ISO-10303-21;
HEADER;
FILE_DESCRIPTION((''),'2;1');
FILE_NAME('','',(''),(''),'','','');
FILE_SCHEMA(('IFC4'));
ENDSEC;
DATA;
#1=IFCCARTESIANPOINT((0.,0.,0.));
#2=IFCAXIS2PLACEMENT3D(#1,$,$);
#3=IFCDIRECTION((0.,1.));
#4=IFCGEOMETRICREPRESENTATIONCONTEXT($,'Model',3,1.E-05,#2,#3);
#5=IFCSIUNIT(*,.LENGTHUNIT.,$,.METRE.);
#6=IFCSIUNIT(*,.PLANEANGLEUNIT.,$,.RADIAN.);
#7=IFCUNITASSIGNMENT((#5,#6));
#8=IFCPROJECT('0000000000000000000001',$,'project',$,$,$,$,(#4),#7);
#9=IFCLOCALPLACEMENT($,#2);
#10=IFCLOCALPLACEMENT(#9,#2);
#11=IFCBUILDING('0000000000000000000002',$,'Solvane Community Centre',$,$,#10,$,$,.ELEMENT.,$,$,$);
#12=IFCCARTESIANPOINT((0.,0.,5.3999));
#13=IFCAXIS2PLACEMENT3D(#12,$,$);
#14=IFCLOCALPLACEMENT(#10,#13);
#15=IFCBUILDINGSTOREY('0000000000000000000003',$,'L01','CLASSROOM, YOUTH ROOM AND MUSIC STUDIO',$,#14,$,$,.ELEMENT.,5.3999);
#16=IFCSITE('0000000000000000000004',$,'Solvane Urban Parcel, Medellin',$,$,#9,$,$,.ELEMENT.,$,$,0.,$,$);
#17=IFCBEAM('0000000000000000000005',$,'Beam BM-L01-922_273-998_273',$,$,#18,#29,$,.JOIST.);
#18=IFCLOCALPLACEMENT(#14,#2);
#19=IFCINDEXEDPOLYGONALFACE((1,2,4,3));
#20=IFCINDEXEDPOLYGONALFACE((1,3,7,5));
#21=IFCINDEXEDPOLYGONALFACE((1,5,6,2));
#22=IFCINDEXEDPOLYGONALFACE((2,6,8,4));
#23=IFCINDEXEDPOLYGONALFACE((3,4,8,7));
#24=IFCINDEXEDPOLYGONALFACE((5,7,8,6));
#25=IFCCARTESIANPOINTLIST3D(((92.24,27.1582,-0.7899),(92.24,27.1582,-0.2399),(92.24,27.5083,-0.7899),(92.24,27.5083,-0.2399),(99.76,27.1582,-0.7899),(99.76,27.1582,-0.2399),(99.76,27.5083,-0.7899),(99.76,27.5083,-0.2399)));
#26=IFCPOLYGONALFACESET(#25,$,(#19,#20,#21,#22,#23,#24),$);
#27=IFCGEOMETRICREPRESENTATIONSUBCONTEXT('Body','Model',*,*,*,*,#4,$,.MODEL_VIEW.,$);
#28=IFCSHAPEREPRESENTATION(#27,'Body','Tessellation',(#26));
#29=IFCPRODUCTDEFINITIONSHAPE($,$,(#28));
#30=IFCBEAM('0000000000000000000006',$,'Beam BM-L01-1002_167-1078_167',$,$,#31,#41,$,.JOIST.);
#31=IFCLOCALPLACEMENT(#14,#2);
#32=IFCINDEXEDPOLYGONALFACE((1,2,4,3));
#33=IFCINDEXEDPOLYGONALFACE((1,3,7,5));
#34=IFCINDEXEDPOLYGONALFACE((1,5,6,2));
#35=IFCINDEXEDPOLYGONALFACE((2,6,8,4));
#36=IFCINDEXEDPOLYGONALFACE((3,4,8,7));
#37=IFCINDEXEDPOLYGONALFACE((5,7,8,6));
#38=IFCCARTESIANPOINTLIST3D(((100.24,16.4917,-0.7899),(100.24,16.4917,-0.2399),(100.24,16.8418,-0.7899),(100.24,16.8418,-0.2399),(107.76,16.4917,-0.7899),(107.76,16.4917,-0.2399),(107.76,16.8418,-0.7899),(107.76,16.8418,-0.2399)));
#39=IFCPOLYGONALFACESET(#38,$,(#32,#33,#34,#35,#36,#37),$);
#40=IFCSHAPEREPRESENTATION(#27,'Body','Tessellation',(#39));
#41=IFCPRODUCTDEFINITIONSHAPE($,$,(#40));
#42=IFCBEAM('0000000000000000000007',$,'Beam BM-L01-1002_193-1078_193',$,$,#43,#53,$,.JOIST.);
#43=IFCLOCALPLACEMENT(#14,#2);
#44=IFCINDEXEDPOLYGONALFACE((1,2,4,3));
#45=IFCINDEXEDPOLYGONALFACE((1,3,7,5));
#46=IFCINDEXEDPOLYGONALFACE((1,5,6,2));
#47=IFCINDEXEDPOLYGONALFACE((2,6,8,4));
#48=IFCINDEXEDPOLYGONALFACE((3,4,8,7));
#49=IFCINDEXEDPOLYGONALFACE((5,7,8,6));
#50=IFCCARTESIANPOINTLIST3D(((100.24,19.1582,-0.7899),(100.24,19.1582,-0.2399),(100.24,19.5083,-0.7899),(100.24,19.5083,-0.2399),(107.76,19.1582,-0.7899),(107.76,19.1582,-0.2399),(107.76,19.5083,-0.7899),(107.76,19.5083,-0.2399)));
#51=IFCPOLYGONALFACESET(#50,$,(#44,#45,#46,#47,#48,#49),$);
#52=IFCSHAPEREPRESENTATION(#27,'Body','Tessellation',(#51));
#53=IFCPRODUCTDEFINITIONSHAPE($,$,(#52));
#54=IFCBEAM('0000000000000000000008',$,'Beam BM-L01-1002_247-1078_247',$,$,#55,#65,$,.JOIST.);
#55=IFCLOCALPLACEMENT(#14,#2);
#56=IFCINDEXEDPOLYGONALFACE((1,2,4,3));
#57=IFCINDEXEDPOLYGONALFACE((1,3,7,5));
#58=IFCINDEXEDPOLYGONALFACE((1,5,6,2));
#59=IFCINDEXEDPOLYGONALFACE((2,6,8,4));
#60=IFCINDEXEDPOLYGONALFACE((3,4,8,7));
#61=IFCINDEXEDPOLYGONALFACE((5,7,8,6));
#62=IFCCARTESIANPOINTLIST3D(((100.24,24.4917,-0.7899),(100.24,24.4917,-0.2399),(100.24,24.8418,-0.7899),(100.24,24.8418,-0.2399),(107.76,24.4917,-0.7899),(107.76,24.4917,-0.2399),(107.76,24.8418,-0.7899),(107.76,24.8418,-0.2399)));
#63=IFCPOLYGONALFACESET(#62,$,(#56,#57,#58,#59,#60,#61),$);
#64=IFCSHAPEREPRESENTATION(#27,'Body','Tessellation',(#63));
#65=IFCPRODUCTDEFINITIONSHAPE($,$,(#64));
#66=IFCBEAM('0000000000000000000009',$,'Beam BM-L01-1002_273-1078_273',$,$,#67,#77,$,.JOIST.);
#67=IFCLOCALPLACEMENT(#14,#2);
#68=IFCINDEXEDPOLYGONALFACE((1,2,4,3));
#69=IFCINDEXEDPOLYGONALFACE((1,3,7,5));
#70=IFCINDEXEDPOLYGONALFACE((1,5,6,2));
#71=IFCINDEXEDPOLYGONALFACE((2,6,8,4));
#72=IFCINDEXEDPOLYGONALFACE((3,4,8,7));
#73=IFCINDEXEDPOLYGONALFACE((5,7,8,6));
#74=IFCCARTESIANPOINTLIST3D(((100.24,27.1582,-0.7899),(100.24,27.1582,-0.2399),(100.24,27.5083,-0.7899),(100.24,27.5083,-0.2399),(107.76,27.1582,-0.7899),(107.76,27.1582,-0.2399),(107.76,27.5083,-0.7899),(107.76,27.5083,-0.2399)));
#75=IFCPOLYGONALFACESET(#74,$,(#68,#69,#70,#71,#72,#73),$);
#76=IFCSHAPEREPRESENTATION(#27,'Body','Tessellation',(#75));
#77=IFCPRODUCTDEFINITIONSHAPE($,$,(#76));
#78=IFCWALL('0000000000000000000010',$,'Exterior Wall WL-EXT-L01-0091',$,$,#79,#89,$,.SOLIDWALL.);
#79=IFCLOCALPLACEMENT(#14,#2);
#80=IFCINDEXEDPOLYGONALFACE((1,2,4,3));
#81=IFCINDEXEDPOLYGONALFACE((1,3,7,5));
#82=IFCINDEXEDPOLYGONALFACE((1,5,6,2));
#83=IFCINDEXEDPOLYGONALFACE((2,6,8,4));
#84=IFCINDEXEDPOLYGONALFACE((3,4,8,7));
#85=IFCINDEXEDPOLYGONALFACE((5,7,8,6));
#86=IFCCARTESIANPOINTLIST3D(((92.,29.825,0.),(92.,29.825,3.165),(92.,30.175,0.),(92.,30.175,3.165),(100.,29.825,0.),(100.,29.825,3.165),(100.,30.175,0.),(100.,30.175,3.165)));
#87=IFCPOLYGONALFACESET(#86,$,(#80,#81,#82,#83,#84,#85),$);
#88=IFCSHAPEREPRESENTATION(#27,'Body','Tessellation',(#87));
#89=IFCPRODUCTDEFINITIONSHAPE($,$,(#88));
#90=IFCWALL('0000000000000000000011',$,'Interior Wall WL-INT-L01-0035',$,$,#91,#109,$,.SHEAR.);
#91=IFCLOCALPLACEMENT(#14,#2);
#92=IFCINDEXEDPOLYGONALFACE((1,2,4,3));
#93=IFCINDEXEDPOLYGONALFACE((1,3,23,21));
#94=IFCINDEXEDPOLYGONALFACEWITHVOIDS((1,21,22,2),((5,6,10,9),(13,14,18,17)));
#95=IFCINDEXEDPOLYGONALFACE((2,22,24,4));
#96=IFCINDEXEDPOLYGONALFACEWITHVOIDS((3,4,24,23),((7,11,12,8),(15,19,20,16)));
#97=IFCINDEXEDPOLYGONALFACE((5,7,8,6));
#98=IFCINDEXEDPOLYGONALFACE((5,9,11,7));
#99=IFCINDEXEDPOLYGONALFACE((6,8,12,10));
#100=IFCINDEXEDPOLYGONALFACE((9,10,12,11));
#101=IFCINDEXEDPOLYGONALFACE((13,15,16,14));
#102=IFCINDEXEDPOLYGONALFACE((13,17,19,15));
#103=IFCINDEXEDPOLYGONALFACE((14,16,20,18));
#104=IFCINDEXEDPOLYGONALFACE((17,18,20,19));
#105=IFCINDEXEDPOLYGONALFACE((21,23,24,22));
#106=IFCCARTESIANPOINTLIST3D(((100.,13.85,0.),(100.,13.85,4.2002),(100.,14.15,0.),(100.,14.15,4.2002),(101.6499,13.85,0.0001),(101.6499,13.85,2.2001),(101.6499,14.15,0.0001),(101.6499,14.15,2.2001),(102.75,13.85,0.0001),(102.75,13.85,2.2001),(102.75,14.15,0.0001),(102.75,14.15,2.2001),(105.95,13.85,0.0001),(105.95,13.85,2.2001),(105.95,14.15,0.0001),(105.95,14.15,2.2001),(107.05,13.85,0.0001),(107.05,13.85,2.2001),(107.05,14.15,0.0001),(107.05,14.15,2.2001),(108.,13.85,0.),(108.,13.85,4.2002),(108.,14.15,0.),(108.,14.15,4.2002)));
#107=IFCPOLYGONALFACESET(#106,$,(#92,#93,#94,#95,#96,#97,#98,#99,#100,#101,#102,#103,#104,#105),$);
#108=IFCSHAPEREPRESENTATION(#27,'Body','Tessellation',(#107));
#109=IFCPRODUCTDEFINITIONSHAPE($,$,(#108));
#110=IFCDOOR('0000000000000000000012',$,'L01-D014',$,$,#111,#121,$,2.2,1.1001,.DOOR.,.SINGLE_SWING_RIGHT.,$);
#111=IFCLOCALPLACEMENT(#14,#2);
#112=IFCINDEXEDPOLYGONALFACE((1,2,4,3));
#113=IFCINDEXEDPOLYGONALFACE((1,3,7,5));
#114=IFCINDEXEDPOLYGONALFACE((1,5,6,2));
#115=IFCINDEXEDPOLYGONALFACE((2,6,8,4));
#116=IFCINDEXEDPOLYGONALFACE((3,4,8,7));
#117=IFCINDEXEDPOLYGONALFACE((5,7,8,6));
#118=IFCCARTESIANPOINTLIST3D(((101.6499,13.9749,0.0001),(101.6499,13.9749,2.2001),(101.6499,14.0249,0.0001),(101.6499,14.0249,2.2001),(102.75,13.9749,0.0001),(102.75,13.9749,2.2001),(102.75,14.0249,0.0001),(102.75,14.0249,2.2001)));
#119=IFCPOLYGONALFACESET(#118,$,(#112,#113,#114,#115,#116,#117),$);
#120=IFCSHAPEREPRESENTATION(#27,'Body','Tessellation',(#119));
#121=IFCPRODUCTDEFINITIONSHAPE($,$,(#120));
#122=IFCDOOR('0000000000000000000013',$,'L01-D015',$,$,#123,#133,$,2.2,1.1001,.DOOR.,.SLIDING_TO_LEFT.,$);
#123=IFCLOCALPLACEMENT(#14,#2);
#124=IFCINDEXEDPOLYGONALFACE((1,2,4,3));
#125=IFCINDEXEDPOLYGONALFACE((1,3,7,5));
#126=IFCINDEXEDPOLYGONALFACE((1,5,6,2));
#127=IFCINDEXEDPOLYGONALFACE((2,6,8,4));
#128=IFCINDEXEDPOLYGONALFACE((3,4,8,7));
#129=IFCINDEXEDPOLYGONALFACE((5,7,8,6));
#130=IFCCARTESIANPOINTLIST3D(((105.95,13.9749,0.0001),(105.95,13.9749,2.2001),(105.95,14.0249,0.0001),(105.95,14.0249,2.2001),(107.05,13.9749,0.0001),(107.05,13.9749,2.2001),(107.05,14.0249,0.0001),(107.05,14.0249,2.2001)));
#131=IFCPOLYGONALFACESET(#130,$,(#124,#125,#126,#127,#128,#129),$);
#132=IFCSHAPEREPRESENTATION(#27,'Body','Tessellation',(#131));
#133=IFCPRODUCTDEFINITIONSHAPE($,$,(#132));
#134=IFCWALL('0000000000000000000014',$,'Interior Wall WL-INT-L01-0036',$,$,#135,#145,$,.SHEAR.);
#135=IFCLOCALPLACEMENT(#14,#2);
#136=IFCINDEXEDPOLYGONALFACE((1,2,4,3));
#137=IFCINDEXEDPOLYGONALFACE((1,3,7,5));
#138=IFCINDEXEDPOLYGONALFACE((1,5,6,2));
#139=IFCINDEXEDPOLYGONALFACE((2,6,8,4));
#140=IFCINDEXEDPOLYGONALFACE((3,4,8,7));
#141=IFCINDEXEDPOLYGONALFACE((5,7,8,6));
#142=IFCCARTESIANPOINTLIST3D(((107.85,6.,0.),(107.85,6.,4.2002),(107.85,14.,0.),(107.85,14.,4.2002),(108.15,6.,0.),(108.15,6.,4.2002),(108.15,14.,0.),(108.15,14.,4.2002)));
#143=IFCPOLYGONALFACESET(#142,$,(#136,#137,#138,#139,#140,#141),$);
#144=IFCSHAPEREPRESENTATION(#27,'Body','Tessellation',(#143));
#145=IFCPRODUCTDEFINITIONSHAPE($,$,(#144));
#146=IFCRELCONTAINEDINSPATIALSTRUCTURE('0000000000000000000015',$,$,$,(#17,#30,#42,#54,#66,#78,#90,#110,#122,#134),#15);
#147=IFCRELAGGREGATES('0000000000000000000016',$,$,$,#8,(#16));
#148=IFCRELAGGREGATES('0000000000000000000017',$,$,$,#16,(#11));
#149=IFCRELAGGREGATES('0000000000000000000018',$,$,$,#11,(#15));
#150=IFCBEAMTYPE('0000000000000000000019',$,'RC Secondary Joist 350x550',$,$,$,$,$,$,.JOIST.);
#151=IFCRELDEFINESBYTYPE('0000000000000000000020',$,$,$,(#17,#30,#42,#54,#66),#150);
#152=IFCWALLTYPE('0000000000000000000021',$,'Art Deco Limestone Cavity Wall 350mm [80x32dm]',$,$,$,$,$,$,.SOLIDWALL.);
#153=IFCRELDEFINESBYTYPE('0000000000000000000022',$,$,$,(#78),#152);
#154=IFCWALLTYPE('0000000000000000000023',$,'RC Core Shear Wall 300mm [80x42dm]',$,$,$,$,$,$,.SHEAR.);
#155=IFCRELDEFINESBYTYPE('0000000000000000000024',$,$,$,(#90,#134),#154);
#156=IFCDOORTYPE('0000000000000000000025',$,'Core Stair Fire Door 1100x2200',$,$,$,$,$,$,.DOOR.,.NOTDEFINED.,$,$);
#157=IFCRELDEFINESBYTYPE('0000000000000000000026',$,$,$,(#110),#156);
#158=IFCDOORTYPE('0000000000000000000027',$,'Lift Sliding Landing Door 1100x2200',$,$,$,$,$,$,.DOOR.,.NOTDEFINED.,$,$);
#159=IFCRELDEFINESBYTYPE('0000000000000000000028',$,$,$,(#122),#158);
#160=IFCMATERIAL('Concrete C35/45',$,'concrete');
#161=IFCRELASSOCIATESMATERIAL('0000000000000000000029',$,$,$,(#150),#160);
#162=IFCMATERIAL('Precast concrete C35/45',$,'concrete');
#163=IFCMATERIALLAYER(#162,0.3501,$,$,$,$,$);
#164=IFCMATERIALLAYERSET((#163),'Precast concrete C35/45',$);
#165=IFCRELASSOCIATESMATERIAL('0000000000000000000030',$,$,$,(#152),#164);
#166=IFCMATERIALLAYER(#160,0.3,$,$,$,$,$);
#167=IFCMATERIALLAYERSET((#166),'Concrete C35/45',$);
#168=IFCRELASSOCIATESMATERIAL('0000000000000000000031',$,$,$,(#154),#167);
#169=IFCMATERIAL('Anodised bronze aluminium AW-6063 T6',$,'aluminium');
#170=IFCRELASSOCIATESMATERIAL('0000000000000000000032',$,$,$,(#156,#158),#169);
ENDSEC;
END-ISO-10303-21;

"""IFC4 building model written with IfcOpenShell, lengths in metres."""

from ifc_helpers import new_model, si_unit, direction, frame, frame_2d, origin, origin_2d, place, context, subcontext, project, spatial, rectangle, extrude, material, layer, layer_set, material_profile, profile_set, type_object, element, fill, save


model = new_model("IFC4")

# Units and contexts
model_context = context("Model", 3, precision=1e-05, world=origin(), true_north=direction((0.0, 1.0)))
body_context = subcontext(model_context, "Body", "Model", "MODEL_VIEW")
ifc_project = project(units=[si_unit("LENGTHUNIT", "METRE"), si_unit("PLANEANGLEUNIT", "RADIAN")], contexts=[model_context])

# Site, building, storey
site_placement = place(None, origin())
site = spatial("IfcSite", under=ifc_project, at=site_placement, Name="Solvane Urban Parcel, Medellin", CompositionType="ELEMENT", RefElevation=0.0)
building_placement = place(site_placement, origin())
building = spatial("IfcBuilding", under=site, at=building_placement, Name="Solvane Community Centre", CompositionType="ELEMENT")
storey_placement = place(building_placement, frame((0.0, 0.0, 5.3999)))
storey = spatial("IfcBuildingStorey", under=building, at=storey_placement, Name="L01", Description="CLASSROOM, YOUTH ROOM AND MUSIC STUDIO", CompositionType="ELEMENT", Elevation=5.3999)

# Shared definitions
ifc_material_1 = material(Name="Concrete C35/45", Category="concrete")

# Beams
ifc_material_profile_1 = material_profile(ifc_material_1, rectangle(XDim=0.3501, YDim=0.55, at=origin_2d()), Name="RC 350x550")
ifc_profile_set_1 = profile_set([ifc_material_profile_1], Name="Concrete C35/45")
beam_type_1 = type_object("IfcBeamType", Name="RC Secondary Joist 350x550", PredefinedType="JOIST", material=ifc_profile_set_1)
for number, where, z_axis, x_axis, name in (
    (1, (92.24, 27.3333, -0.5149), (1.0, 0.0, 0.0), (0.0, 1.0, 0.0), "Beam BM-L01-922_273-998_273"),
    (2, (100.24, 16.6667, -0.5149), (1.0, 0.0, 0.0), (0.0, 1.0, 0.0), "Beam BM-L01-1002_167-1078_167"),
    (3, (100.24, 19.3333, -0.5149), (1.0, 0.0, 0.0), (0.0, 1.0, 0.0), "Beam BM-L01-1002_193-1078_193"),
    (4, (100.24, 24.6667, -0.5149), (1.0, 0.0, 0.0), (0.0, 1.0, 0.0), "Beam BM-L01-1002_247-1078_247"),
    (5, (100.24, 27.3333, -0.5149), (1.0, 0.0, 0.0), (0.0, 1.0, 0.0), "Beam BM-L01-1002_273-1078_273"),
):
    element("IfcBeam", number, at=place(storey_placement, frame(where, z_axis=z_axis, x_axis=x_axis)), inside=storey, type_object=beam_type_1, Name=name, PredefinedType="JOIST", context=body_context, shape_type="SweptSolid", body=[
        extrude(rectangle(XDim=0.3501, YDim=0.55, at=origin_2d()), origin(), (0.0, 0.0, 1.0), 7.52),
    ])

# Wall
ifc_material_2 = material(Name="Precast concrete C35/45", Category="concrete")
ifc_layer_1 = layer(ifc_material_2, 0.3501)
ifc_layer_set_1 = layer_set([ifc_layer_1], Name="Precast concrete C35/45")
wall_type_1 = type_object("IfcWallType", Name="Art Deco Limestone Cavity Wall 350mm [80x32dm]", PredefinedType="SOLIDWALL", material=ifc_layer_set_1)
wall_1_placement = place(storey_placement, frame((92.0, 30.0, 0.0), z_axis=(0.0, 0.0, 1.0), x_axis=(1.0, 0.0, 0.0)))
element("IfcWall", 6, at=wall_1_placement, inside=storey, type_object=wall_type_1, Name="Exterior Wall WL-EXT-L01-0091", PredefinedType="SOLIDWALL", context=body_context, shape_type="SweptSolid", body=[
    extrude(rectangle(XDim=8.0, YDim=0.3501, at=frame_2d((4.0, 0.0))), origin(), (0.0, 0.0, 1.0), 3.165),
])

# Wall, openings, doors
ifc_layer_2 = layer(ifc_material_1, 0.3)
ifc_layer_set_2 = layer_set([ifc_layer_2], Name="Concrete C35/45")
wall_type_2 = type_object("IfcWallType", Name="RC Core Shear Wall 300mm [80x42dm]", PredefinedType="SHEAR", material=ifc_layer_set_2)
wall_2_placement = place(storey_placement, frame((100.0, 14.0, 0.0), z_axis=(0.0, 0.0, 1.0), x_axis=(1.0, 0.0, 0.0)))
wall_2 = element("IfcWall", 7, at=wall_2_placement, inside=storey, type_object=wall_type_2, Name="Interior Wall WL-INT-L01-0035", PredefinedType="SHEAR", context=body_context, shape_type="SweptSolid", body=[
    extrude(rectangle(XDim=8.0, YDim=0.3, at=frame_2d((4.0, 0.0))), origin(), (0.0, 0.0, 1.0), 4.2002),
])
opening_1_placement = place(wall_2_placement, frame((1.6499, 0.0, 0.0)))
opening_1 = element("IfcOpeningElement", 8, at=opening_1_placement, cuts=wall_2, PredefinedType="OPENING", context=body_context, shape_type="SweptSolid", body=[
    extrude(rectangle(XDim=1.1001, YDim=2.2, at=frame_2d((0.55, 1.1001))), frame((0.0, 0.1599, 0.0), z_axis=(0.0, -1.0, 0.0), x_axis=(1.0, 0.0, 0.0)), (0.0, 0.0, 1.0), 0.3201),
])
opening_2_placement = place(wall_2_placement, frame((5.95, 0.0, 0.0)))
opening_2 = element("IfcOpeningElement", 9, at=opening_2_placement, cuts=wall_2, PredefinedType="OPENING", context=body_context, shape_type="SweptSolid", body=[
    extrude(rectangle(XDim=1.1001, YDim=2.2, at=frame_2d((0.55, 1.1001))), frame((0.0, 0.1599, 0.0), z_axis=(0.0, -1.0, 0.0), x_axis=(1.0, 0.0, 0.0)), (0.0, 0.0, 1.0), 0.3201),
])
ifc_material_3 = material(Name="Anodised bronze aluminium AW-6063 T6", Category="aluminium")
door_type_1 = type_object("IfcDoorType", Name="Core Stair Fire Door 1100x2200", OperationType="NOTDEFINED", PredefinedType="DOOR", material=ifc_material_3)
door_1_placement = place(opening_1_placement, origin())
door_1 = element("IfcDoor", 10, at=door_1_placement, inside=storey, type_object=door_type_1, Name="L01-D014", OperationType="SINGLE_SWING_RIGHT", OverallHeight=2.2, OverallWidth=1.1001, PredefinedType="DOOR", context=body_context, shape_type="SweptSolid", body=[
    extrude(rectangle(XDim=1.1001, YDim=2.2, at=frame_2d((0.55, 1.1001))), frame((0.0, 0.0249, 0.0), z_axis=(0.0, -1.0, 0.0), x_axis=(1.0, 0.0, 0.0)), (0.0, 0.0, 1.0), 0.05),
])
fill(opening_1, door_1)
door_type_2 = type_object("IfcDoorType", Name="Lift Sliding Landing Door 1100x2200", OperationType="NOTDEFINED", PredefinedType="DOOR", material=ifc_material_3)
door_2_placement = place(opening_2_placement, origin())
door_2 = element("IfcDoor", 11, at=door_2_placement, inside=storey, type_object=door_type_2, Name="L01-D015", OperationType="SLIDING_TO_LEFT", OverallHeight=2.2, OverallWidth=1.1001, PredefinedType="DOOR", context=body_context, shape_type="SweptSolid", body=[
    extrude(rectangle(XDim=1.1001, YDim=2.2, at=frame_2d((0.55, 1.1001))), frame((0.0, 0.0249, 0.0), z_axis=(0.0, -1.0, 0.0), x_axis=(1.0, 0.0, 0.0)), (0.0, 0.0, 1.0), 0.05),
])
fill(opening_2, door_2)

# Wall
wall_3_placement = place(storey_placement, frame((108.0, 14.0, 0.0), z_axis=(0.0, 0.0, 1.0), x_axis=(0.0, -1.0, 0.0)))
element("IfcWall", 12, at=wall_3_placement, inside=storey, type_object=wall_type_2, Name="Interior Wall WL-INT-L01-0036", PredefinedType="SHEAR", context=body_context, shape_type="SweptSolid", body=[
    extrude(rectangle(XDim=8.0, YDim=0.3, at=frame_2d((4.0, 0.0))), origin(), (0.0, 0.0, 1.0), 4.2002),
])

save(model, "model.ifc")
